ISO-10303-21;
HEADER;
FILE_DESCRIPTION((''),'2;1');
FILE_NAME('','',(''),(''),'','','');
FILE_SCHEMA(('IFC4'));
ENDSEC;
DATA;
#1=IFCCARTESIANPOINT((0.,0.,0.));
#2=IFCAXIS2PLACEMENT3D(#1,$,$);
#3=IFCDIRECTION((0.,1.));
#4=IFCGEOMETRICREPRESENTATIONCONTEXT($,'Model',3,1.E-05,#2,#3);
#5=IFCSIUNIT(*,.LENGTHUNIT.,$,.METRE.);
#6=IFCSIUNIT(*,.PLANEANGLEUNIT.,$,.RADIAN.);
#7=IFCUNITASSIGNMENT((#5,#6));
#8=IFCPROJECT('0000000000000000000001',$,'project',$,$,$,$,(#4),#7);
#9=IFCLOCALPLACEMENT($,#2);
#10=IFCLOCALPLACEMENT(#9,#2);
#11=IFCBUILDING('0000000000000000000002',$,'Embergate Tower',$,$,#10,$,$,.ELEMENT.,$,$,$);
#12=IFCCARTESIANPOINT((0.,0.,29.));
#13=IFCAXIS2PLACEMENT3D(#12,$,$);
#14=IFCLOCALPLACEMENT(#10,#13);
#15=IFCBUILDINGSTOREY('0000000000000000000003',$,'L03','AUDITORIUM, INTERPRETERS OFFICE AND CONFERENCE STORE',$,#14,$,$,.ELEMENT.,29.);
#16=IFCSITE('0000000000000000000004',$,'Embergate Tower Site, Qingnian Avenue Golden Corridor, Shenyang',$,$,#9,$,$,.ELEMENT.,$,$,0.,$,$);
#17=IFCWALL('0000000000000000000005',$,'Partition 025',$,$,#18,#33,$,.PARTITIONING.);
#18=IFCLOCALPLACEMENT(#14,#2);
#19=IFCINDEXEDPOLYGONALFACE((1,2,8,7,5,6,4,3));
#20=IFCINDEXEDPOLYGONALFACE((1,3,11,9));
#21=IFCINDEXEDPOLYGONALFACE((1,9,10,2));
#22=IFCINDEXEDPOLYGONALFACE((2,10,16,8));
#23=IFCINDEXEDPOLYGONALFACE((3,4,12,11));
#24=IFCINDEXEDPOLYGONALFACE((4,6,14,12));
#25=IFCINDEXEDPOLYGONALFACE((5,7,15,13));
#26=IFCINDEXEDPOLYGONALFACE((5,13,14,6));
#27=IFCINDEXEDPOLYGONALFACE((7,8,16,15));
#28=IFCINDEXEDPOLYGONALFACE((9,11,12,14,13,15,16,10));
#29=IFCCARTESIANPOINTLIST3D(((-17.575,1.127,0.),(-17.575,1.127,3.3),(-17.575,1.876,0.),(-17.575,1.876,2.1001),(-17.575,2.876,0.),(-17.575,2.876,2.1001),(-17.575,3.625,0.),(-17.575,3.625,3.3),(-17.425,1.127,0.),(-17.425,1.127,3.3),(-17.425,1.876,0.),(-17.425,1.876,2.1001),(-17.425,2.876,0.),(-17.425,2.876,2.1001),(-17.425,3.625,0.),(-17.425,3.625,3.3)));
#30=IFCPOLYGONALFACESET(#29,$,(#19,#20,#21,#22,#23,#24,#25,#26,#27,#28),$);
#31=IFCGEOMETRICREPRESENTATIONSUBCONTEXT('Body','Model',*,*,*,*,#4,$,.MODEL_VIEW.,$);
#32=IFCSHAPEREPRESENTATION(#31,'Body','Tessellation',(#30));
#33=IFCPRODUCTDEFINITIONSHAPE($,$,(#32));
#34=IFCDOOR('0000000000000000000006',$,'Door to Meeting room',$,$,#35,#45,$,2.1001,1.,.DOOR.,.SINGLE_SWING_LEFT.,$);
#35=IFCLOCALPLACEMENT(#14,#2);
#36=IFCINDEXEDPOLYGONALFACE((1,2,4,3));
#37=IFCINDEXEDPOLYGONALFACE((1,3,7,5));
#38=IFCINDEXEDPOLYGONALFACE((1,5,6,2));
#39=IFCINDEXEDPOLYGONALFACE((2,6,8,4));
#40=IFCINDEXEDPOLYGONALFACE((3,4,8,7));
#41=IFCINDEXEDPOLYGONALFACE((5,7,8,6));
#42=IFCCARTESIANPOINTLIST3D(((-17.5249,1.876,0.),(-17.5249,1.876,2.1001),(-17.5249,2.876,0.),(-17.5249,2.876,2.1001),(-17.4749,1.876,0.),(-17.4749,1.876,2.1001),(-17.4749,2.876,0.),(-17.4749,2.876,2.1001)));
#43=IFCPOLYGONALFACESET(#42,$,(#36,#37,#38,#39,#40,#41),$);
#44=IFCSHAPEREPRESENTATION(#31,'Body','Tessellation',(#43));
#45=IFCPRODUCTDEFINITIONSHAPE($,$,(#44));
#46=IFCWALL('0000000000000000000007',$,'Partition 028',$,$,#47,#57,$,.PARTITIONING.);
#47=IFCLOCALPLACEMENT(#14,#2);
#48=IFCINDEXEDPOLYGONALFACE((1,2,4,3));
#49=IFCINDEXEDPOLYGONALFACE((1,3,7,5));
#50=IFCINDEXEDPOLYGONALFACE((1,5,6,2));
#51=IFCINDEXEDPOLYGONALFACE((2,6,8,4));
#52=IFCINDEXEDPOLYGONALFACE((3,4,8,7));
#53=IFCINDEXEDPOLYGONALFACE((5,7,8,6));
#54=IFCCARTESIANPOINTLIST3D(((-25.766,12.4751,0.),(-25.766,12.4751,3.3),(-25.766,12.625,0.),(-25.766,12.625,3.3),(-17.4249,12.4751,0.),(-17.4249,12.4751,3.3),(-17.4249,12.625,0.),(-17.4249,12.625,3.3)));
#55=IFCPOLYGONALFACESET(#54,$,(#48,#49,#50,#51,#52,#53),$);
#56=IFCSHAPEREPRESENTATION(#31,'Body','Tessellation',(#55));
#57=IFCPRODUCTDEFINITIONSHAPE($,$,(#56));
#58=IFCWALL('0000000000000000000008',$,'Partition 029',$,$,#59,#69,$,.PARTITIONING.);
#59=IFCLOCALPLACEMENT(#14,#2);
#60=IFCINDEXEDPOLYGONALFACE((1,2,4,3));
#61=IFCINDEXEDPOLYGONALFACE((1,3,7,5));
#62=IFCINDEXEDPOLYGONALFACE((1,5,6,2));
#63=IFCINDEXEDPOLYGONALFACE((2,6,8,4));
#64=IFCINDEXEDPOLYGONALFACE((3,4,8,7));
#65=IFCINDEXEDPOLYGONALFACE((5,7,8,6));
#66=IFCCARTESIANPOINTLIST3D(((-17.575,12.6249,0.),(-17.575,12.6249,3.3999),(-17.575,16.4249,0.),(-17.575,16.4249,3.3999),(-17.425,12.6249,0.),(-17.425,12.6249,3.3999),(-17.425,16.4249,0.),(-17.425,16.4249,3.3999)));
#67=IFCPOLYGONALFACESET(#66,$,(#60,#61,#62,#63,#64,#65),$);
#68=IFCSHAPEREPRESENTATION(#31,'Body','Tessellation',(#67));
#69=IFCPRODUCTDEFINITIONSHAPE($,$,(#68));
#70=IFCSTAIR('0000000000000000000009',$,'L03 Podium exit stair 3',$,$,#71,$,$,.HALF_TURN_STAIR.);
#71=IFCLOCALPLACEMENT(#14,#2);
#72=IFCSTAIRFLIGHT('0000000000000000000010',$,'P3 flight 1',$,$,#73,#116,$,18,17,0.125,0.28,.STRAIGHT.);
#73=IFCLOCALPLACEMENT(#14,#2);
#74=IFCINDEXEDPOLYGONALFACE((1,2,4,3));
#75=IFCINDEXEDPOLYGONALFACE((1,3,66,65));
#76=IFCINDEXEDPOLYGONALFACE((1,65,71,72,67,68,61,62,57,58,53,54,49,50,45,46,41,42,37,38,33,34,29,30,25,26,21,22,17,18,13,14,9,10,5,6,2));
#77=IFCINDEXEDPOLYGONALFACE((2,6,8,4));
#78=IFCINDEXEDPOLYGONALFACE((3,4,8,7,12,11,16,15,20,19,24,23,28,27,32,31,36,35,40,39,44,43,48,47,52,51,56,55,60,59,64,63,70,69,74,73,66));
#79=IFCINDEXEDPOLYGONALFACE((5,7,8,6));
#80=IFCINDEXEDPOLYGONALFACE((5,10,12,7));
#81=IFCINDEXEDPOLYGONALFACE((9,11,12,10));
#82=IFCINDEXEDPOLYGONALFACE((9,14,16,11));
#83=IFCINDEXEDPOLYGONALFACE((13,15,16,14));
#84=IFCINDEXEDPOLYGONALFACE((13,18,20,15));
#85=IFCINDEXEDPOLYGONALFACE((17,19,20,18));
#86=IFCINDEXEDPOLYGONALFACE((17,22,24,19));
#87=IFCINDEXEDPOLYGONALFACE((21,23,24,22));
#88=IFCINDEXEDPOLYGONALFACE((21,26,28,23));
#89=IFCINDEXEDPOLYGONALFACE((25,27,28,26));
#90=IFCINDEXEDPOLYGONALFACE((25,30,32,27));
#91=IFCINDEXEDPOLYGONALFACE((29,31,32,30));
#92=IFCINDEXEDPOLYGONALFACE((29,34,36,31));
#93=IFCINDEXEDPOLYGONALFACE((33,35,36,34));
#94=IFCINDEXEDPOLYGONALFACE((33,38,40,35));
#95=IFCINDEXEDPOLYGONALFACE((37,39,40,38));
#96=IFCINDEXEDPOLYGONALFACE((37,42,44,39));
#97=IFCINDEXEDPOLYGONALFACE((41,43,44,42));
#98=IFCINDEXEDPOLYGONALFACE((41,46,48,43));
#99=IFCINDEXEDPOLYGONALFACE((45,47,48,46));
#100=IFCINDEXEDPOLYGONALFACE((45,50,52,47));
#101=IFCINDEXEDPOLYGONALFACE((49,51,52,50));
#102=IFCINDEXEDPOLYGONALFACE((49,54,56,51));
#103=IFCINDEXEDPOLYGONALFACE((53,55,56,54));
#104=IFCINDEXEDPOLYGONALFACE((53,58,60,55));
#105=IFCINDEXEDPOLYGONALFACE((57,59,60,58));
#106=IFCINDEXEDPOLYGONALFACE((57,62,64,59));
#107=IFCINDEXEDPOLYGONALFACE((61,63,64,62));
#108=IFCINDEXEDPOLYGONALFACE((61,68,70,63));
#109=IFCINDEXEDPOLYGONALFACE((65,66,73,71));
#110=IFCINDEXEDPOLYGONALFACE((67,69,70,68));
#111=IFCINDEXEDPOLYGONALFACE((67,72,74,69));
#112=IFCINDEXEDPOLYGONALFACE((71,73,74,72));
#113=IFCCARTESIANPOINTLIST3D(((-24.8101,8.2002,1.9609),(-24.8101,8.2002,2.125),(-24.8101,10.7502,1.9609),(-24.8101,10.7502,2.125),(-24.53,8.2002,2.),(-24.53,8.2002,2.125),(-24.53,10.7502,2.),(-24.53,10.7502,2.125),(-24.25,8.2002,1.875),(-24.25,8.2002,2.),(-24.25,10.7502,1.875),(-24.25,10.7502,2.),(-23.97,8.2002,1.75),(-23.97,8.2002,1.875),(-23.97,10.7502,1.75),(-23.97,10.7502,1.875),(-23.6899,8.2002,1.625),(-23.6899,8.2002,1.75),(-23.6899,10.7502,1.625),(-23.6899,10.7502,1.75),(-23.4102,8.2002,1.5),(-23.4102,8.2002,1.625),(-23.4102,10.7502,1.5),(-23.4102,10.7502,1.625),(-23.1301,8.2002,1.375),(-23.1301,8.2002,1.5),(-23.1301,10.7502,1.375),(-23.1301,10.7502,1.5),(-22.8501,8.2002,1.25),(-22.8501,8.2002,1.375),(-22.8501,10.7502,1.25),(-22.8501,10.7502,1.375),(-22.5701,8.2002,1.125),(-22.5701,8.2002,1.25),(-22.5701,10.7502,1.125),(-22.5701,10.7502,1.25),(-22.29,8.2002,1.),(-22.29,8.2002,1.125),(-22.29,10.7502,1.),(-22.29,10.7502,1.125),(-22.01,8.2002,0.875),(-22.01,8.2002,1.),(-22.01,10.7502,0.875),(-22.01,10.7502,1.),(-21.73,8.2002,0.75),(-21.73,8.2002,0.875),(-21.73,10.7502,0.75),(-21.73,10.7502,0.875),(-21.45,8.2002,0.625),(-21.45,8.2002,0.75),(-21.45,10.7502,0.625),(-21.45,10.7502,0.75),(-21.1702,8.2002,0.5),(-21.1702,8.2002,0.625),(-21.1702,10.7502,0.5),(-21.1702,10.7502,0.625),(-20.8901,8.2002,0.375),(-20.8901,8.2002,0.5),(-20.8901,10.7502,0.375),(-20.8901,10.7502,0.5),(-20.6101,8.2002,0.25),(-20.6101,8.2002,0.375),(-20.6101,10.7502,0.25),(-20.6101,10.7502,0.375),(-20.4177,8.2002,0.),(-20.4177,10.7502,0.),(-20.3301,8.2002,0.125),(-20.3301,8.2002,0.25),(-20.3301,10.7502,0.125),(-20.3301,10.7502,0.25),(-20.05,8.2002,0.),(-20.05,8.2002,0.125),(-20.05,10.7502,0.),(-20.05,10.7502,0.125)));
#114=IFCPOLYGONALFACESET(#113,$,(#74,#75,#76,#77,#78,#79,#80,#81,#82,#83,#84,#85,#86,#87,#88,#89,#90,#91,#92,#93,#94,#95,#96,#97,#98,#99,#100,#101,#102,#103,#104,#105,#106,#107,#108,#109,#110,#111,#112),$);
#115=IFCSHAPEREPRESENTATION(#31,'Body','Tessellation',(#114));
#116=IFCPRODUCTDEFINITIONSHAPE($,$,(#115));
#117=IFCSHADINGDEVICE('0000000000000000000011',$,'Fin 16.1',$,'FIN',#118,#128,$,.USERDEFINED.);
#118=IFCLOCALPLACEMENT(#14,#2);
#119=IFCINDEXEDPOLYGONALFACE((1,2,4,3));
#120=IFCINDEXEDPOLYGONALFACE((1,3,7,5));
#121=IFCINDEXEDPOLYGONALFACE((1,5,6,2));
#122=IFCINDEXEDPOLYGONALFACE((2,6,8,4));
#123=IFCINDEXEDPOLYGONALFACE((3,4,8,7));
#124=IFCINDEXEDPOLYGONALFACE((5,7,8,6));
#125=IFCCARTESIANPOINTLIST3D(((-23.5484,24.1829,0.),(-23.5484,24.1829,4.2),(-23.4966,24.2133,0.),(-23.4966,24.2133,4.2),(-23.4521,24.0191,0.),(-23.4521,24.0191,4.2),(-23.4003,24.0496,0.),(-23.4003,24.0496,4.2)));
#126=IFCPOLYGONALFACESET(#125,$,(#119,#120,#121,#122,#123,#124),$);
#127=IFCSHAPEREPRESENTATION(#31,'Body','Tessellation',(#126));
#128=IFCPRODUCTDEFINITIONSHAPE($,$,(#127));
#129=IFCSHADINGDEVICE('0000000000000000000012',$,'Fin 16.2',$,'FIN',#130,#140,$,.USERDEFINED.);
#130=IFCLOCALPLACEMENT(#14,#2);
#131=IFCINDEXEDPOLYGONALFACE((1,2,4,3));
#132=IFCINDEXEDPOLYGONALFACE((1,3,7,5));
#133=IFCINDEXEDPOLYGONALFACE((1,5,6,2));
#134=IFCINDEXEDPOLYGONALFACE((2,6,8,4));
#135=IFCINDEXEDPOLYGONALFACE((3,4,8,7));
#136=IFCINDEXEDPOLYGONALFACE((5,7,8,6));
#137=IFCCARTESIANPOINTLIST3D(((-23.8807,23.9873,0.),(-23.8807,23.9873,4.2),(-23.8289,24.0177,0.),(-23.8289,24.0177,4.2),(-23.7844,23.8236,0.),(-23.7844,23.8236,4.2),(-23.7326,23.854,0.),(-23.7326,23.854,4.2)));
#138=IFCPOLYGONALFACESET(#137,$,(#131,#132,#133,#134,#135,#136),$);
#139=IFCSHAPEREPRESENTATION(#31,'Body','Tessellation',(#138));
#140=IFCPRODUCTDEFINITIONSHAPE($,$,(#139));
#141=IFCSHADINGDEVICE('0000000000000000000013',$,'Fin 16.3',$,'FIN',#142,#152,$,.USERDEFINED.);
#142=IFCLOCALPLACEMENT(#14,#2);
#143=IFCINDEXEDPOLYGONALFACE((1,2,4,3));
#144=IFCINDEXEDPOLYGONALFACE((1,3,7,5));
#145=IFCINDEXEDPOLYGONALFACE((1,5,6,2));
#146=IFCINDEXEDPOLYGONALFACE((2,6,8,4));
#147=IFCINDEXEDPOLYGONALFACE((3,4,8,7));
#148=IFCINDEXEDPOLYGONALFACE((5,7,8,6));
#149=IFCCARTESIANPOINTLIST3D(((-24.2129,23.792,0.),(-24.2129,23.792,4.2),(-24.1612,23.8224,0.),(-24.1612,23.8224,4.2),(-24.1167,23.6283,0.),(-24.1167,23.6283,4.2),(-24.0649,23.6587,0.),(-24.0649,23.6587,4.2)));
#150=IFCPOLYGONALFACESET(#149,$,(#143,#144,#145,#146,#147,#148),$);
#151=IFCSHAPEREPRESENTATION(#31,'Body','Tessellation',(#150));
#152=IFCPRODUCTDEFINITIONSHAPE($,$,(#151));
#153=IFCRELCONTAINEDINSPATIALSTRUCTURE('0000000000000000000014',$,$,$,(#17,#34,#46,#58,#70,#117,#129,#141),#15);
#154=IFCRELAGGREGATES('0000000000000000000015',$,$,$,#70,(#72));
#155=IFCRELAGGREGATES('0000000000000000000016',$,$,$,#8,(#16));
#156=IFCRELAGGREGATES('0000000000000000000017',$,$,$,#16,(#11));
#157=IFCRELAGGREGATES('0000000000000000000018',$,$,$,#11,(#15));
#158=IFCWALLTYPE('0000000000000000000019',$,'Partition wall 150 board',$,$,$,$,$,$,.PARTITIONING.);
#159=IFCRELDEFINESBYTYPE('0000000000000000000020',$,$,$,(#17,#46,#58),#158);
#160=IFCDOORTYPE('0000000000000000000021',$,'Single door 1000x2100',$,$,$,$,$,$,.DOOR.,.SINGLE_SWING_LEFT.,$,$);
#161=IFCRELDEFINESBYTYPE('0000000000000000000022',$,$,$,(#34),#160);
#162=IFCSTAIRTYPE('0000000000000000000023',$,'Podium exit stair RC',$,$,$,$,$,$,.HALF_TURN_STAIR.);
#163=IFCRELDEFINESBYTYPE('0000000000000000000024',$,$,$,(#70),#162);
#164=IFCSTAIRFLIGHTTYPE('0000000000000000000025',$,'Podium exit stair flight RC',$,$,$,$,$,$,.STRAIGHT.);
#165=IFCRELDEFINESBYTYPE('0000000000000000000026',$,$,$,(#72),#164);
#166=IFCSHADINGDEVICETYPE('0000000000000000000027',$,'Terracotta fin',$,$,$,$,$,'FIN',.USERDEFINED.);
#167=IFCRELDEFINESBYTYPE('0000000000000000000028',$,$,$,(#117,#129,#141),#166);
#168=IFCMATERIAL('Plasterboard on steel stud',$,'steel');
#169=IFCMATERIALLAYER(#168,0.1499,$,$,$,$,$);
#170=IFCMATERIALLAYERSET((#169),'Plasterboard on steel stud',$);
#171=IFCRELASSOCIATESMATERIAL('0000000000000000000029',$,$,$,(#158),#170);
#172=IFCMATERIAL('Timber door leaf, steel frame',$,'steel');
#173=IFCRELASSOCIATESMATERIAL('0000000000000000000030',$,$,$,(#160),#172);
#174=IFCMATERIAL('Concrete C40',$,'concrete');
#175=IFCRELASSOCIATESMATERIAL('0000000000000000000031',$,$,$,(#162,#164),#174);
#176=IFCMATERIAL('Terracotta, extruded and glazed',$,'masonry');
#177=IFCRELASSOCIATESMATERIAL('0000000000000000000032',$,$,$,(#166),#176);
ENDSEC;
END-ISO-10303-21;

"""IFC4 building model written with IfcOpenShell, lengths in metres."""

from ifc_helpers import new_model, si_unit, direction, frame, frame_2d, origin, origin_2d, place, context, subcontext, project, spatial, polyline, rectangle, outline, extrude, source, transform, mapped, material, layer, layer_set, material_profile, profile_set, type_object, element, fill, aggregate, save


model = new_model("IFC4")

# Units and contexts
model_context = context("Model", 3, precision=1e-05, world=origin(), true_north=direction((0.0, 1.0)))
body_context = subcontext(model_context, "Body", "Model", "MODEL_VIEW")
ifc_project = project(units=[si_unit("LENGTHUNIT", "METRE"), si_unit("PLANEANGLEUNIT", "RADIAN")], contexts=[model_context])

# Site, building, storey
site_placement = place(None, origin())
site = spatial("IfcSite", under=ifc_project, at=site_placement, Name="Embergate Tower Site, Qingnian Avenue Golden Corridor, Shenyang", CompositionType="ELEMENT", RefElevation=0.0)
building_placement = place(site_placement, origin())
building = spatial("IfcBuilding", under=site, at=building_placement, Name="Embergate Tower", CompositionType="ELEMENT")
storey_placement = place(building_placement, frame((0.0, 0.0, 29.0)))
storey = spatial("IfcBuildingStorey", under=building, at=storey_placement, Name="L03", Description="AUDITORIUM, INTERPRETERS OFFICE AND CONFERENCE STORE", CompositionType="ELEMENT", Elevation=29.0)

# Shared definitions
ifc_material_1 = material(Name="Plasterboard on steel stud", Category="steel")
ifc_layer_1 = layer(ifc_material_1, 0.1499)
ifc_layer_set_1 = layer_set([ifc_layer_1], Name="Plasterboard on steel stud")
wall_type_1 = type_object("IfcWallType", Name="Partition wall 150 board", PredefinedType="PARTITIONING", material=ifc_layer_set_1)
shared_shape_1 = source(origin(), body_context, "Body", "SweptSolid", [
    extrude(rectangle(XDim=1.0, YDim=2.1001, at=frame_2d((0.5, 1.05))), frame((0.0, 0.085, 0.0), z_axis=(0.0, -1.0, 0.0), x_axis=(1.0, 0.0, 0.0)), (0.0, 0.0, 1.0), 0.1699),
])
ifc_material_2 = material(Name="Timber door leaf, steel frame", Category="steel")
door_type_1 = type_object("IfcDoorType", Name="Single door 1000x2100", OperationType="SINGLE_SWING_LEFT", PredefinedType="DOOR", material=ifc_material_2)
shared_shape_2 = source(origin(), body_context, "Body", "SweptSolid", [
    extrude(rectangle(XDim=1.0, YDim=2.1001, at=frame_2d((0.5, 1.05))), frame((0.0, 0.0249, 0.0), z_axis=(0.0, -1.0, 0.0), x_axis=(1.0, 0.0, 0.0)), (0.0, 0.0, 1.0), 0.05),
])

# Shared definitions
ifc_material_3 = material(Name="Concrete C40", Category="concrete")

# Wall, opening, door
shared_shape_3 = source(origin(), body_context, "Body", "SweptSolid", [
    extrude(rectangle(XDim=2.498, YDim=0.1499, at=frame_2d((1.249, 0.0))), origin(), (0.0, 0.0, 1.0), 3.3),
])
wall_1_placement = place(storey_placement, frame((-17.5, 1.127, 0.0), z_axis=(0.0, 0.0, 1.0), x_axis=(0.0, 1.0, 0.0)))
wall_1 = element("IfcWall", 1, at=wall_1_placement, inside=storey, type_object=wall_type_1, Name="Partition 025", PredefinedType="PARTITIONING", context=body_context, shape_type="MappedRepresentation", body=[
    mapped(shared_shape_3, transform((0.0, 0.0, 0.0))),
])
opening_1_placement = place(wall_1_placement, frame((0.749, 0.0, 0.0)))
opening_1 = element("IfcOpeningElement", 2, at=opening_1_placement, cuts=wall_1, PredefinedType="OPENING", context=body_context, shape_type="MappedRepresentation", body=[
    mapped(shared_shape_1, transform((0.0, 0.0, 0.0))),
])
door_1_placement = place(opening_1_placement, origin())
door_1 = element("IfcDoor", 3, at=door_1_placement, inside=storey, type_object=door_type_1, Name="Door to Meeting room", OperationType="SINGLE_SWING_LEFT", OverallHeight=2.1001, OverallWidth=1.0, PredefinedType="DOOR", context=body_context, shape_type="MappedRepresentation", body=[
    mapped(shared_shape_2, transform((0.0, 0.0, 0.0))),
])
fill(opening_1, door_1)

# Walls
shared_shape_4 = source(origin(), body_context, "Body", "SweptSolid", [
    extrude(rectangle(XDim=8.3411, YDim=0.1499, at=frame_2d((4.1704, 0.0))), origin(), (0.0, 0.0, 1.0), 3.3),
])
wall_2_placement = place(storey_placement, frame((-17.425, 12.55, 0.0), z_axis=(0.0, 0.0, 1.0), x_axis=(-1.0, 0.0, 0.0)))
element("IfcWall", 4, at=wall_2_placement, inside=storey, type_object=wall_type_1, Name="Partition 028", PredefinedType="PARTITIONING", context=body_context, shape_type="MappedRepresentation", body=[
    mapped(shared_shape_4, transform((0.0, 0.0, 0.0))),
])
shared_shape_5 = source(origin(), body_context, "Body", "SweptSolid", [
    extrude(rectangle(XDim=3.8, YDim=0.1499, at=frame_2d((1.8999, 0.0))), origin(), (0.0, 0.0, 1.0), 3.3999),
])
wall_3_placement = place(storey_placement, frame((-17.5, 12.625, 0.0), z_axis=(0.0, 0.0, 1.0), x_axis=(0.0, 1.0, 0.0)))
element("IfcWall", 5, at=wall_3_placement, inside=storey, type_object=wall_type_1, Name="Partition 029", PredefinedType="PARTITIONING", context=body_context, shape_type="MappedRepresentation", body=[
    mapped(shared_shape_5, transform((0.0, 0.0, 0.0))),
])

# Stair, stair flight
stair_type = type_object("IfcStairType", Name="Podium exit stair RC", PredefinedType="HALF_TURN_STAIR", material=ifc_material_3)
stair_placement = place(storey_placement, origin())
stair = element("IfcStair", 6, at=stair_placement, inside=storey, type_object=stair_type, Name="L03 Podium exit stair 3", PredefinedType="HALF_TURN_STAIR")
stair_flight_type = type_object("IfcStairFlightType", Name="Podium exit stair flight RC", PredefinedType="STRAIGHT", material=ifc_material_3)
shared_shape_6 = source(origin(), body_context, "Body", "SweptSolid", [
    extrude(outline(polyline([(0.0, 0.0), (0.0, 0.125), (0.28, 0.125), (0.28, 0.25), (0.5601, 0.25), (0.5601, 0.375), (0.8401, 0.375), (0.8401, 0.5), (1.1201, 0.5), (1.1201, 0.625), (1.3999, 0.625), (1.3999, 0.75), (1.6799, 0.75), (1.6799, 0.875), (1.96, 0.875), (1.96, 1.0), (2.24, 1.0), (2.24, 1.125), (2.52, 1.125), (2.52, 1.25), (2.8, 1.25), (2.8, 1.375), (3.0801, 1.375), (3.0801, 1.5), (3.3601, 1.5), (3.3601, 1.625), (3.6399, 1.625), (3.6399, 1.75), (3.9199, 1.75), (3.9199, 1.875), (4.2, 1.875), (4.2, 2.0), (4.48, 2.0), (4.48, 2.125), (4.76, 2.125), (4.76, 2.25), (4.76, 1.9609), (0.3677, 0.0), (0.0, 0.0)])), frame((0.0, 1.2749, 0.0), z_axis=(0.0, -1.0, 0.0), x_axis=(1.0, 0.0, 0.0)), (0.0, 0.0, 1.0), 2.55),
])
stair_flight_placement = place(storey_placement, frame((-20.05, 9.4751, 0.0), z_axis=(0.0, 0.0, 1.0), x_axis=(-1.0, 0.0, 0.0)))
stair_flight = element("IfcStairFlight", 7, at=stair_flight_placement, type_object=stair_flight_type, Name="P3 flight 1", NumberOfRisers=18, NumberOfTreads=17, PredefinedType="STRAIGHT", RiserHeight=0.125, TreadLength=0.28, context=body_context, shape_type="MappedRepresentation", body=[
    mapped(shared_shape_6, transform((0.0, 0.0, 0.0))),
])
aggregate(stair, [stair_flight])

# Shading devices
ifc_material_4 = material(Name="Terracotta, extruded and glazed", Category="masonry")
ifc_material_profile_1 = material_profile(ifc_material_4, rectangle(XDim=0.1899, YDim=0.0601, at=origin_2d()), Name="TC 190x60")
ifc_profile_set_1 = profile_set([ifc_material_profile_1], Name="Terracotta, extruded and glazed")
shading_device_type = type_object("IfcShadingDeviceType", Name="Terracotta fin", ElementType="FIN", PredefinedType="USERDEFINED", material=ifc_profile_set_1)
shared_shape_7 = source(origin(), body_context, "Body", "SweptSolid", [
    extrude(rectangle(XDim=0.1899, YDim=0.0601, at=origin_2d()), origin(), (0.0, 0.0, 1.0), 4.2),
])
for number, where, z_axis, x_axis, name in (
    (8, (-23.4744, 24.1162, 0.0), (0.0, 0.0, 1.0), (0.506828, -0.862047, 0.0), "Fin 16.1"),
    (9, (-23.8066, 23.9207, 0.0), (0.0, 0.0, 1.0), (0.506828, -0.862047, 0.0), "Fin 16.2"),
    (10, (-24.1389, 23.7253, 0.0), (0.0, 0.0, 1.0), (0.506828, -0.862047, 0.0), "Fin 16.3"),
):
    element("IfcShadingDevice", number, at=place(storey_placement, frame(where, z_axis=z_axis, x_axis=x_axis)), inside=storey, type_object=shading_device_type, Name=name, ObjectType="FIN", PredefinedType="USERDEFINED", context=body_context, shape_type="MappedRepresentation", body=[
        mapped(shared_shape_7, transform((0.0, 0.0, 0.0))),
    ])

save(model, "model.ifc")
